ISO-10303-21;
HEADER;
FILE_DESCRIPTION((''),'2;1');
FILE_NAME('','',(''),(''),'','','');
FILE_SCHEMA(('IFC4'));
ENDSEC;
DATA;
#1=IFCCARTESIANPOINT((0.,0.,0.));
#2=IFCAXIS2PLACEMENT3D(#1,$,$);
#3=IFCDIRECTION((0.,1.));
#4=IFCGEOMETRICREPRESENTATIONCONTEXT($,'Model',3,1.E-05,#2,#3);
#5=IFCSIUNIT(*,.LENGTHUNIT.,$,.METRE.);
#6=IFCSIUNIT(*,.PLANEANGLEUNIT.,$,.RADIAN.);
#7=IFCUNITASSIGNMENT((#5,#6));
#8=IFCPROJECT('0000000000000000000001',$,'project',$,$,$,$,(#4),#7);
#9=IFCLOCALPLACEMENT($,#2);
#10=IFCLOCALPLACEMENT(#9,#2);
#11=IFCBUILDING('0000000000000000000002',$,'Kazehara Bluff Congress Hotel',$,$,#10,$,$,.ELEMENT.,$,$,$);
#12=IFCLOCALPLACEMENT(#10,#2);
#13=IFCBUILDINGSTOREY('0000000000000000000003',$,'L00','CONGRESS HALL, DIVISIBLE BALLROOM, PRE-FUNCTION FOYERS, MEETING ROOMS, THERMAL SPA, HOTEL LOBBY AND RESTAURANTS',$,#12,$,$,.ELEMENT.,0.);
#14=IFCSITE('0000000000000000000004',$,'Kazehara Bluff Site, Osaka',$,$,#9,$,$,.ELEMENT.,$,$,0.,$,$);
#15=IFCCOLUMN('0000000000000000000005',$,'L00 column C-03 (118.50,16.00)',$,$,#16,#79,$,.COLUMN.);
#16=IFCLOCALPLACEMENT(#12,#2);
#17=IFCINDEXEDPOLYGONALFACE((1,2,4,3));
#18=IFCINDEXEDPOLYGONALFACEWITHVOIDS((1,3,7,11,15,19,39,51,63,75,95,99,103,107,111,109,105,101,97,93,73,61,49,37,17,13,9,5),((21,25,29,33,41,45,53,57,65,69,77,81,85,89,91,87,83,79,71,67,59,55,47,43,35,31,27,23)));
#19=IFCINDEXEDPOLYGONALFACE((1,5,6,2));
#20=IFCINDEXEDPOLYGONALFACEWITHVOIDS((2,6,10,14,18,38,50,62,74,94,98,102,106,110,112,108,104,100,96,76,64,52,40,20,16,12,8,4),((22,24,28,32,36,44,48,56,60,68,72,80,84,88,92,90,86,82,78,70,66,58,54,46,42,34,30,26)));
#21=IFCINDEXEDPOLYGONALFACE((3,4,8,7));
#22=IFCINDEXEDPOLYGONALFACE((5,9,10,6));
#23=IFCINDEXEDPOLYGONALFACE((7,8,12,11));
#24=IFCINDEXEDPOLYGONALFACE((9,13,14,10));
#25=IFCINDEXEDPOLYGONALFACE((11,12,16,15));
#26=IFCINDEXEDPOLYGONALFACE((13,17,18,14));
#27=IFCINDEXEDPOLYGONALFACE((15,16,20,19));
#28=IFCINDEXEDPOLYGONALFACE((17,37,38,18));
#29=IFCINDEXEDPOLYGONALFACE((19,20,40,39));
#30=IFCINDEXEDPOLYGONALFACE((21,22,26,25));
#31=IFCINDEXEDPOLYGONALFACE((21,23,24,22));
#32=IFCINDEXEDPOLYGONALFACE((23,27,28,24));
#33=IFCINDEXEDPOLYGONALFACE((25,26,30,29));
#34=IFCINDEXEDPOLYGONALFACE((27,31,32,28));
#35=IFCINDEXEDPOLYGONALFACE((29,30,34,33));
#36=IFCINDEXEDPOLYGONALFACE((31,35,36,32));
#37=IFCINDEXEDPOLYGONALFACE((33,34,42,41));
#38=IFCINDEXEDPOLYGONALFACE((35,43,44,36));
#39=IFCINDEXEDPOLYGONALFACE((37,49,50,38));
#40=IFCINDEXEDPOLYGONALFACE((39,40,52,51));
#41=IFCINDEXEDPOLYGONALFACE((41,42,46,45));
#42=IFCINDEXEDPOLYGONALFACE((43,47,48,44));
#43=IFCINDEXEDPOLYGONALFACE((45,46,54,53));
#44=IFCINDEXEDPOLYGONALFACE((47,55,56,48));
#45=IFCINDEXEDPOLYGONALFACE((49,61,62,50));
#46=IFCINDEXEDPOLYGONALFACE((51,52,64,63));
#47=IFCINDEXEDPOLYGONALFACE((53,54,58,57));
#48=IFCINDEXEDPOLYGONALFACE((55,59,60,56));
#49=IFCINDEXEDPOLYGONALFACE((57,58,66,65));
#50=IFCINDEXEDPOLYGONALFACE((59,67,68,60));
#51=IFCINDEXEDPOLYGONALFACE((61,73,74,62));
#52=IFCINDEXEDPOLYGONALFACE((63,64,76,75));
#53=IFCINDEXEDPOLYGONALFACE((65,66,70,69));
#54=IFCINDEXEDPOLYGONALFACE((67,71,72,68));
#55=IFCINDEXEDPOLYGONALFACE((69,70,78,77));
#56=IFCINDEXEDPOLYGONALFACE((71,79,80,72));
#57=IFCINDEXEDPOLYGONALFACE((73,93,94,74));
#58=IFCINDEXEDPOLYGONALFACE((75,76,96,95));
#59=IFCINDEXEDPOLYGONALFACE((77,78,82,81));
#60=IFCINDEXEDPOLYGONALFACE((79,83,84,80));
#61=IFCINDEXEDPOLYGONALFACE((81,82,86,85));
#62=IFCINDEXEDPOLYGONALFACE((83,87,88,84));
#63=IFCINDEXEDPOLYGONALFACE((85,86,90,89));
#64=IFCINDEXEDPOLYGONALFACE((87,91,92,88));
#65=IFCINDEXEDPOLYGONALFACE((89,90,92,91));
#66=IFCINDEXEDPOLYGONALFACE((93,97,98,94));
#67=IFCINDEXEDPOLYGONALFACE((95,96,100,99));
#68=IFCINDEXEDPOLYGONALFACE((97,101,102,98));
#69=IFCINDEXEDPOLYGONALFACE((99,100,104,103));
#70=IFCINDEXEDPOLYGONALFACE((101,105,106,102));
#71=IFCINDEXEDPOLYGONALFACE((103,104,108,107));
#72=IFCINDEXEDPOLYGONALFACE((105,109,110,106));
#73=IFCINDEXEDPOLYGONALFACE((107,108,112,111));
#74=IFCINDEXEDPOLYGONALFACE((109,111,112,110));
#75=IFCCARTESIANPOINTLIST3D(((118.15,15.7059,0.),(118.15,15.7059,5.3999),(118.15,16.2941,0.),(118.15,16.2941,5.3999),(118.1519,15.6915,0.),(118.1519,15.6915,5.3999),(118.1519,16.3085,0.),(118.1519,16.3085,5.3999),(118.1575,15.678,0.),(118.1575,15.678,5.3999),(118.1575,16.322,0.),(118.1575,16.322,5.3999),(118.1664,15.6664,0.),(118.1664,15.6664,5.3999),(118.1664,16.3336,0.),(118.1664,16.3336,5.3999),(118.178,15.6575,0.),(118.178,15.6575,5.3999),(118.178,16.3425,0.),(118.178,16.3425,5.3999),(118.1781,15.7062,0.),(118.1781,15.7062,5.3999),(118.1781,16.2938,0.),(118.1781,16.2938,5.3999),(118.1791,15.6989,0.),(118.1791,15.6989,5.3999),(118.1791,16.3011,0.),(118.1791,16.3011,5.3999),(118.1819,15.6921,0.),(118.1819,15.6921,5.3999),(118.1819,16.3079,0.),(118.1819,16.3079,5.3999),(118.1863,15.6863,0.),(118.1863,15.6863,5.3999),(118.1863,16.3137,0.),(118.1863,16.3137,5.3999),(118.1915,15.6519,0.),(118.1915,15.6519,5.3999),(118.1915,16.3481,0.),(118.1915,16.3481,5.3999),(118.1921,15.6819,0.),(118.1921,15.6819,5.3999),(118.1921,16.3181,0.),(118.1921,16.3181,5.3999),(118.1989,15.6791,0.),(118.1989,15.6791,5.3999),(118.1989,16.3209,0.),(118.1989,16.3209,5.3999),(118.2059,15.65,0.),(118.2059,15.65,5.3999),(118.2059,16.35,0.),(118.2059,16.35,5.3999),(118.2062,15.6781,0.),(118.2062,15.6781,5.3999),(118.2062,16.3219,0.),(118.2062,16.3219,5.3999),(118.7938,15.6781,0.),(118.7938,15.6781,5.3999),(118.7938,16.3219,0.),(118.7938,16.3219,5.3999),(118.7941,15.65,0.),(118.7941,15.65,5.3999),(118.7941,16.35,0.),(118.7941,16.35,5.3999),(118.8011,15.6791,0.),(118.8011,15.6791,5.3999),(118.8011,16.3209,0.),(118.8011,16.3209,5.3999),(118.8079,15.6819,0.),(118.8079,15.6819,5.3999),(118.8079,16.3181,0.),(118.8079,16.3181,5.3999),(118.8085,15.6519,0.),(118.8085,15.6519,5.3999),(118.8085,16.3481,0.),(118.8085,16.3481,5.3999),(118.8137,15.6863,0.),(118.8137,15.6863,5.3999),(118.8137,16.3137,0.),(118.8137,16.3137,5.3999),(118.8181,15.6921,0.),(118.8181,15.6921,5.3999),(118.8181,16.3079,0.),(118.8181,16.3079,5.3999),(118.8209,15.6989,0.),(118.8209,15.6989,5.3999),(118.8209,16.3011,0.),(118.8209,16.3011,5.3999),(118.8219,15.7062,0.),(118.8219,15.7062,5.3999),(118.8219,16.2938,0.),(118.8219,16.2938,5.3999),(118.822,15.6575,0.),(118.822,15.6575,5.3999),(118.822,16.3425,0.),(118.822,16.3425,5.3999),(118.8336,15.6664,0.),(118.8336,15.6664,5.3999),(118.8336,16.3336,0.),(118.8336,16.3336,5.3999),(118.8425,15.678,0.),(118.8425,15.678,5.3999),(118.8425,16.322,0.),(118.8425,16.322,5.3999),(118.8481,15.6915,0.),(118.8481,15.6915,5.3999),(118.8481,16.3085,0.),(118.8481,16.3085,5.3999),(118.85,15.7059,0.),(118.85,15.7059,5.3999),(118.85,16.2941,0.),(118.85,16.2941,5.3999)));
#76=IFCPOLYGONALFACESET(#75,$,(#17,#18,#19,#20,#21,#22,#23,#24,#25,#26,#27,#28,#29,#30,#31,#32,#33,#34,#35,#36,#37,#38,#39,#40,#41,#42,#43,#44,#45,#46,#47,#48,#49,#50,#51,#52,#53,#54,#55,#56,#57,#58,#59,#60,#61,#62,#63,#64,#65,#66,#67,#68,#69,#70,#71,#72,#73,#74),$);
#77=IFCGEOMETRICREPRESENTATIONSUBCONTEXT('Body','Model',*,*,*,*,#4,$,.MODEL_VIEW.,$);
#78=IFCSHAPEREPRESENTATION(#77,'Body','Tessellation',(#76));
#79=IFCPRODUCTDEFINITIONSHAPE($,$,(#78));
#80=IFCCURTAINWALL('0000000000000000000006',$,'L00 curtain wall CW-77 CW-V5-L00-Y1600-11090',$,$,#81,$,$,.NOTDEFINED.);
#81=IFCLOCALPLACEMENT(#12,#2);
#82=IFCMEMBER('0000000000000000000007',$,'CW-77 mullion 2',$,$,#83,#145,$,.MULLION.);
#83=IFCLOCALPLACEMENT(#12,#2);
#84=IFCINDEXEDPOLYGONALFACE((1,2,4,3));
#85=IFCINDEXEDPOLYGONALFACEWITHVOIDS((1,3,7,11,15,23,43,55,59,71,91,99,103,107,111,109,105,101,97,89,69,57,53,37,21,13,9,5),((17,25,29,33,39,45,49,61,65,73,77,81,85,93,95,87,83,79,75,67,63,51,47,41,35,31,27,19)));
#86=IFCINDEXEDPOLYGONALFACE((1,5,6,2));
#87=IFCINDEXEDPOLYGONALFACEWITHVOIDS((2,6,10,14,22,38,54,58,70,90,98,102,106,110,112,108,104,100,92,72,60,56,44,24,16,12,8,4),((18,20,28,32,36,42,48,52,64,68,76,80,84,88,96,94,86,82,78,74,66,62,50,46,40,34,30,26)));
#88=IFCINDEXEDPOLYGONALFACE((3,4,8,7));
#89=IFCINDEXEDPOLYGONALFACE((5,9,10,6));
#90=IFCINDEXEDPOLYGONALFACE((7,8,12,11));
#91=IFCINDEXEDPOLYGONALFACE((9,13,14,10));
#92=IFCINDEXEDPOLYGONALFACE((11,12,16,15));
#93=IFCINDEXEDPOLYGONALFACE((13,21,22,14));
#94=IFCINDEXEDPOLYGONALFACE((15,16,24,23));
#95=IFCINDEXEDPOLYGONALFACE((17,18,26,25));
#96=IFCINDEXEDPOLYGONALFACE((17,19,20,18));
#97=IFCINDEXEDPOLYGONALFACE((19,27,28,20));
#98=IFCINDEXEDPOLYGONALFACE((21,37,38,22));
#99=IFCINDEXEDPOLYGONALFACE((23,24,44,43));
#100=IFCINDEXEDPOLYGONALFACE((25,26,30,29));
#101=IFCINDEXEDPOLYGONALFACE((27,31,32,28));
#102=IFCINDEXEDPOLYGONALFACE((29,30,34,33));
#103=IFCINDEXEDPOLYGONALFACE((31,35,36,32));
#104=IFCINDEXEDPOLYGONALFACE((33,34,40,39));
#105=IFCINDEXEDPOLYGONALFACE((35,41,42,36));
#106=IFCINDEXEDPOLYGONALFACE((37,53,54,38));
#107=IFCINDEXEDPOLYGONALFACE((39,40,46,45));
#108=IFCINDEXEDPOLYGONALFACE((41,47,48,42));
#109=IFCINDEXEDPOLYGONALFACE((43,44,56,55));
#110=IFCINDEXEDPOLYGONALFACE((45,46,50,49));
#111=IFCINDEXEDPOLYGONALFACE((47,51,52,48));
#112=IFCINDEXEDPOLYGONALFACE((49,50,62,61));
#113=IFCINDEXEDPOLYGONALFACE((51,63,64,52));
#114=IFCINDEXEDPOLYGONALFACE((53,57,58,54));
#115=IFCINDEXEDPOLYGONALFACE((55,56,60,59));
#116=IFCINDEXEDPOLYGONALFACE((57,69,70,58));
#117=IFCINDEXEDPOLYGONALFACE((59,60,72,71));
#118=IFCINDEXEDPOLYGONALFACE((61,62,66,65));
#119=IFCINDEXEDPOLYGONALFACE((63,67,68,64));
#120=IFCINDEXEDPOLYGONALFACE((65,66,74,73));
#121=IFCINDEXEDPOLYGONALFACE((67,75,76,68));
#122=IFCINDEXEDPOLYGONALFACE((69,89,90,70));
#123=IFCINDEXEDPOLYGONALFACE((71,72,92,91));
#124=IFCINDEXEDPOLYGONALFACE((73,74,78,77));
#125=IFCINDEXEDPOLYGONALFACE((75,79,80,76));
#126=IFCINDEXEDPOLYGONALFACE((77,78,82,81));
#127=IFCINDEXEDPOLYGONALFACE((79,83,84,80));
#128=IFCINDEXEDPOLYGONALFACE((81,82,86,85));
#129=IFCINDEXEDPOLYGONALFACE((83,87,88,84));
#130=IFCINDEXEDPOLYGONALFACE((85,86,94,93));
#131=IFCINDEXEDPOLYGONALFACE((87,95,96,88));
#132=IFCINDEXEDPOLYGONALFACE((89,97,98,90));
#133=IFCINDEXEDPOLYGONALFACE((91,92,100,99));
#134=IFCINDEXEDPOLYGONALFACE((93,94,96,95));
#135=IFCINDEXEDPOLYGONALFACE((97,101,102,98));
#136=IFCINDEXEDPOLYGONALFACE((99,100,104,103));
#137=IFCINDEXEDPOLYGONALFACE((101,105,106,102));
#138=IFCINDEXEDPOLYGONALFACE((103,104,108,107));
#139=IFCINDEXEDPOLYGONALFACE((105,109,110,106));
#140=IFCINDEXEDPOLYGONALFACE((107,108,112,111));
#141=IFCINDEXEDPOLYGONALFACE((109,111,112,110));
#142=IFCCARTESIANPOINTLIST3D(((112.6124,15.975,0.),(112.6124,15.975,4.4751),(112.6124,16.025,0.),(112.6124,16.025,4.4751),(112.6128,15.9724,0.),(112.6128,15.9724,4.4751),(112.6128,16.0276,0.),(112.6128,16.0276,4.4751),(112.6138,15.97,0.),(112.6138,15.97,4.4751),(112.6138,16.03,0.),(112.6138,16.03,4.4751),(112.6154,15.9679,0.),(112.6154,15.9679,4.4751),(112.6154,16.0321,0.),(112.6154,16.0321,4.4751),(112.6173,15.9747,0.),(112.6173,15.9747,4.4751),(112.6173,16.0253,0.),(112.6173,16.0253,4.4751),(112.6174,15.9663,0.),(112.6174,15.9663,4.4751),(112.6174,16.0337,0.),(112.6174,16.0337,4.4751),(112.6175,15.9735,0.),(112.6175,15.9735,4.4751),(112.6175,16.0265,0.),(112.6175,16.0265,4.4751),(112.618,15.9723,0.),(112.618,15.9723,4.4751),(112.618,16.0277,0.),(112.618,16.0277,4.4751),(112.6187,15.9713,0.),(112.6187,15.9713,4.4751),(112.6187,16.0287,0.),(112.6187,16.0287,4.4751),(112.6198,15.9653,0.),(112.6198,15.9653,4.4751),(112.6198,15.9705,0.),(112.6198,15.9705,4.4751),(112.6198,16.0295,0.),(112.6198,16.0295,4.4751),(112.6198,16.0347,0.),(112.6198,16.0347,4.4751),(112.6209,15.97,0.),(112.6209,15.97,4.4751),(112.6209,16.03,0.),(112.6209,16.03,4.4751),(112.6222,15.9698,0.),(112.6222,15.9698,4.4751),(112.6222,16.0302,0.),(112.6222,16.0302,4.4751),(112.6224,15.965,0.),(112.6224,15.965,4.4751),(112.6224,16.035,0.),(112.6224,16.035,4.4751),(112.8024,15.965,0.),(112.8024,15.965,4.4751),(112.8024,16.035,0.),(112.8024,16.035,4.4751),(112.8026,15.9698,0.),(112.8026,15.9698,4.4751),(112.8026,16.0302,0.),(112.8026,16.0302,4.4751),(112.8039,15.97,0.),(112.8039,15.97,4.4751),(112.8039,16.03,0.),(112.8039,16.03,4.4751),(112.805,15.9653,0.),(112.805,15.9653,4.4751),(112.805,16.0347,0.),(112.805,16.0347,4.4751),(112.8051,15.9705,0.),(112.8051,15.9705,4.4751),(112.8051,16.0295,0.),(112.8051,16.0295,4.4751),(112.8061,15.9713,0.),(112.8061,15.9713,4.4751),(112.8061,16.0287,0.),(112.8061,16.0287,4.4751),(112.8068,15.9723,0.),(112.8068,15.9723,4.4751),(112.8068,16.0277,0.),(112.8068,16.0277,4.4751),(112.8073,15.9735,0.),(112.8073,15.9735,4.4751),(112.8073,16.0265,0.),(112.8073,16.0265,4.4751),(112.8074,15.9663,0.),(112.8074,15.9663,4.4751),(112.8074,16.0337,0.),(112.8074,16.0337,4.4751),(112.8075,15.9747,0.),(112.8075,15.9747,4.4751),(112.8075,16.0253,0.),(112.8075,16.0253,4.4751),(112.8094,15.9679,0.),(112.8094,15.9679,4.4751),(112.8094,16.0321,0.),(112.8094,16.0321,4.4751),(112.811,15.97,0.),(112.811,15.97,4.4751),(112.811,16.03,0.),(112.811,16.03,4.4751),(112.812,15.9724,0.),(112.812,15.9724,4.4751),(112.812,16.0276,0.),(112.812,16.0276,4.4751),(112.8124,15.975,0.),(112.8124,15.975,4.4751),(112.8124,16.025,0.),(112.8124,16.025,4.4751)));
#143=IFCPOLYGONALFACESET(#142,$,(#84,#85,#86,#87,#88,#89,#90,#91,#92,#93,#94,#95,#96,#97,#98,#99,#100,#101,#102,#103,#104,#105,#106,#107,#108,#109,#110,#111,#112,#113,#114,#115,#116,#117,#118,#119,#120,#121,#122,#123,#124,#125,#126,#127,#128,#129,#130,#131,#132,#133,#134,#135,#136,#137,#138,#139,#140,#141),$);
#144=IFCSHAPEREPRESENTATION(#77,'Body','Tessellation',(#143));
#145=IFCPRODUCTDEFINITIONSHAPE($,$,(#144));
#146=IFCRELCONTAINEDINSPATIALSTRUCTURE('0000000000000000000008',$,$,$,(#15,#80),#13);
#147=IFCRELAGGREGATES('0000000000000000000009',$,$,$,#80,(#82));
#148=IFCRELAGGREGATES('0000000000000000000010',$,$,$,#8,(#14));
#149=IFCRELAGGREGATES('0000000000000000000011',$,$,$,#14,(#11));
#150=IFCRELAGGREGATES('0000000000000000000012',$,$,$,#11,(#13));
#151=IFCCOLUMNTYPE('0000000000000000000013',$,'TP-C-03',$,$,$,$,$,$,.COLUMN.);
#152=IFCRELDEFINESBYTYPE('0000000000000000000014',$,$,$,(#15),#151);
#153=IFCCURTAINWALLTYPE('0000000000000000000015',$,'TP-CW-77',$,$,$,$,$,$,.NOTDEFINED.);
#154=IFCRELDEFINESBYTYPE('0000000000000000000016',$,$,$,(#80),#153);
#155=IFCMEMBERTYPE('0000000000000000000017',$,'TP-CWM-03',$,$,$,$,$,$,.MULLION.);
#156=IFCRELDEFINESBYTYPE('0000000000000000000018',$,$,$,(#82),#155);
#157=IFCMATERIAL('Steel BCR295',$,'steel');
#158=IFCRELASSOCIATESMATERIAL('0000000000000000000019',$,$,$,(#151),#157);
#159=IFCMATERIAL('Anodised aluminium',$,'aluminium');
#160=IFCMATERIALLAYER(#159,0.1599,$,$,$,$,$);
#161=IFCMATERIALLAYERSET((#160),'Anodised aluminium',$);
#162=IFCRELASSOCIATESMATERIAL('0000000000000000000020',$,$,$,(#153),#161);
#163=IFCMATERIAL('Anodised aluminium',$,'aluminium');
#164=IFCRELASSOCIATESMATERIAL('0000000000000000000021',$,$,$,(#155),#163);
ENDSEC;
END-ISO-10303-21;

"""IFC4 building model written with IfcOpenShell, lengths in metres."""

from ifc_helpers import new_model, si_unit, direction, frame, origin, origin_2d, place, context, subcontext, project, spatial, hollow_rectangle, extrude, material, layer, layer_set, material_profile, profile_set, type_object, element, aggregate, save


model = new_model("IFC4")

# Units and contexts
model_context = context("Model", 3, precision=1e-05, world=origin(), true_north=direction((0.0, 1.0)))
body_context = subcontext(model_context, "Body", "Model", "MODEL_VIEW")
ifc_project = project(units=[si_unit("LENGTHUNIT", "METRE"), si_unit("PLANEANGLEUNIT", "RADIAN")], contexts=[model_context])

# Site, building, storey
site_placement = place(None, origin())
site = spatial("IfcSite", under=ifc_project, at=site_placement, Name="Kazehara Bluff Site, Osaka", CompositionType="ELEMENT", RefElevation=0.0)
building_placement = place(site_placement, origin())
building = spatial("IfcBuilding", under=site, at=building_placement, Name="Kazehara Bluff Congress Hotel", CompositionType="ELEMENT")
storey_placement = place(building_placement, origin())
storey = spatial("IfcBuildingStorey", under=building, at=storey_placement, Name="L00", Description="CONGRESS HALL, DIVISIBLE BALLROOM, PRE-FUNCTION FOYERS, MEETING ROOMS, THERMAL SPA, HOTEL LOBBY AND RESTAURANTS", CompositionType="ELEMENT", Elevation=0.0)

# Column
ifc_material_1 = material(Name="Steel BCR295", Category="steel")
ifc_material_profile_1 = material_profile(ifc_material_1, hollow_rectangle(XDim=0.7, YDim=0.7, WallThickness=0.0281, InnerFilletRadius=0.0281, OuterFilletRadius=0.0559, at=origin_2d()))
ifc_profile_set_1 = profile_set([ifc_material_profile_1], Name="Steel BCR295")
column_type = type_object("IfcColumnType", Name="TP-C-03", PredefinedType="COLUMN", material=ifc_profile_set_1)
column_placement = place(storey_placement, frame((118.5, 16.0, 0.0), z_axis=(0.0, 0.0, 1.0), x_axis=(1.0, 0.0, 0.0)))
element("IfcColumn", 1, at=column_placement, inside=storey, type_object=column_type, Name="L00 column C-03 (118.50,16.00)", PredefinedType="COLUMN", context=body_context, shape_type="SweptSolid", body=[
    extrude(hollow_rectangle(XDim=0.7, YDim=0.7, WallThickness=0.0281, InnerFilletRadius=0.0281, OuterFilletRadius=0.0559, at=origin_2d()), origin(), (0.0, 0.0, 1.0), 5.3999),
])

# Curtain wall, member
ifc_material_2 = material(Name="Anodised aluminium", Category="aluminium")
ifc_layer_1 = layer(ifc_material_2, 0.1599)
ifc_layer_set_1 = layer_set([ifc_layer_1], Name="Anodised aluminium")
curtain_wall_type = type_object("IfcCurtainWallType", Name="TP-CW-77", PredefinedType="NOTDEFINED", material=ifc_layer_set_1)
curtain_wall_placement = place(storey_placement, origin())
curtain_wall = element("IfcCurtainWall", 2, at=curtain_wall_placement, inside=storey, type_object=curtain_wall_type, Name="L00 curtain wall CW-77 CW-V5-L00-Y1600-11090", PredefinedType="NOTDEFINED")
ifc_material_3 = material(Name="Anodised aluminium", Category="aluminium")
ifc_material_profile_2 = material_profile(ifc_material_3, hollow_rectangle(XDim=0.0701, YDim=0.2, WallThickness=0.0049, InnerFilletRadius=0.0049, OuterFilletRadius=0.01, at=origin_2d()))
ifc_profile_set_2 = profile_set([ifc_material_profile_2], Name="Anodised aluminium")
member_type_1 = type_object("IfcMemberType", Name="TP-CWM-03", PredefinedType="MULLION", material=ifc_profile_set_2)
member_1_placement = place(storey_placement, frame((112.7124, 16.0, 0.0), z_axis=(0.0, 0.0, 1.0), x_axis=(0.0, 1.0, 0.0)))
member_1 = element("IfcMember", 3, at=member_1_placement, type_object=member_type_1, Name="CW-77 mullion 2", PredefinedType="MULLION", context=body_context, shape_type="SweptSolid", body=[
    extrude(hollow_rectangle(XDim=0.0701, YDim=0.2, WallThickness=0.0049, InnerFilletRadius=0.0049, OuterFilletRadius=0.01, at=origin_2d()), origin(), (0.0, 0.0, 1.0), 4.4751),
])

aggregate(curtain_wall, [member_1])

save(model, "model.ifc")
